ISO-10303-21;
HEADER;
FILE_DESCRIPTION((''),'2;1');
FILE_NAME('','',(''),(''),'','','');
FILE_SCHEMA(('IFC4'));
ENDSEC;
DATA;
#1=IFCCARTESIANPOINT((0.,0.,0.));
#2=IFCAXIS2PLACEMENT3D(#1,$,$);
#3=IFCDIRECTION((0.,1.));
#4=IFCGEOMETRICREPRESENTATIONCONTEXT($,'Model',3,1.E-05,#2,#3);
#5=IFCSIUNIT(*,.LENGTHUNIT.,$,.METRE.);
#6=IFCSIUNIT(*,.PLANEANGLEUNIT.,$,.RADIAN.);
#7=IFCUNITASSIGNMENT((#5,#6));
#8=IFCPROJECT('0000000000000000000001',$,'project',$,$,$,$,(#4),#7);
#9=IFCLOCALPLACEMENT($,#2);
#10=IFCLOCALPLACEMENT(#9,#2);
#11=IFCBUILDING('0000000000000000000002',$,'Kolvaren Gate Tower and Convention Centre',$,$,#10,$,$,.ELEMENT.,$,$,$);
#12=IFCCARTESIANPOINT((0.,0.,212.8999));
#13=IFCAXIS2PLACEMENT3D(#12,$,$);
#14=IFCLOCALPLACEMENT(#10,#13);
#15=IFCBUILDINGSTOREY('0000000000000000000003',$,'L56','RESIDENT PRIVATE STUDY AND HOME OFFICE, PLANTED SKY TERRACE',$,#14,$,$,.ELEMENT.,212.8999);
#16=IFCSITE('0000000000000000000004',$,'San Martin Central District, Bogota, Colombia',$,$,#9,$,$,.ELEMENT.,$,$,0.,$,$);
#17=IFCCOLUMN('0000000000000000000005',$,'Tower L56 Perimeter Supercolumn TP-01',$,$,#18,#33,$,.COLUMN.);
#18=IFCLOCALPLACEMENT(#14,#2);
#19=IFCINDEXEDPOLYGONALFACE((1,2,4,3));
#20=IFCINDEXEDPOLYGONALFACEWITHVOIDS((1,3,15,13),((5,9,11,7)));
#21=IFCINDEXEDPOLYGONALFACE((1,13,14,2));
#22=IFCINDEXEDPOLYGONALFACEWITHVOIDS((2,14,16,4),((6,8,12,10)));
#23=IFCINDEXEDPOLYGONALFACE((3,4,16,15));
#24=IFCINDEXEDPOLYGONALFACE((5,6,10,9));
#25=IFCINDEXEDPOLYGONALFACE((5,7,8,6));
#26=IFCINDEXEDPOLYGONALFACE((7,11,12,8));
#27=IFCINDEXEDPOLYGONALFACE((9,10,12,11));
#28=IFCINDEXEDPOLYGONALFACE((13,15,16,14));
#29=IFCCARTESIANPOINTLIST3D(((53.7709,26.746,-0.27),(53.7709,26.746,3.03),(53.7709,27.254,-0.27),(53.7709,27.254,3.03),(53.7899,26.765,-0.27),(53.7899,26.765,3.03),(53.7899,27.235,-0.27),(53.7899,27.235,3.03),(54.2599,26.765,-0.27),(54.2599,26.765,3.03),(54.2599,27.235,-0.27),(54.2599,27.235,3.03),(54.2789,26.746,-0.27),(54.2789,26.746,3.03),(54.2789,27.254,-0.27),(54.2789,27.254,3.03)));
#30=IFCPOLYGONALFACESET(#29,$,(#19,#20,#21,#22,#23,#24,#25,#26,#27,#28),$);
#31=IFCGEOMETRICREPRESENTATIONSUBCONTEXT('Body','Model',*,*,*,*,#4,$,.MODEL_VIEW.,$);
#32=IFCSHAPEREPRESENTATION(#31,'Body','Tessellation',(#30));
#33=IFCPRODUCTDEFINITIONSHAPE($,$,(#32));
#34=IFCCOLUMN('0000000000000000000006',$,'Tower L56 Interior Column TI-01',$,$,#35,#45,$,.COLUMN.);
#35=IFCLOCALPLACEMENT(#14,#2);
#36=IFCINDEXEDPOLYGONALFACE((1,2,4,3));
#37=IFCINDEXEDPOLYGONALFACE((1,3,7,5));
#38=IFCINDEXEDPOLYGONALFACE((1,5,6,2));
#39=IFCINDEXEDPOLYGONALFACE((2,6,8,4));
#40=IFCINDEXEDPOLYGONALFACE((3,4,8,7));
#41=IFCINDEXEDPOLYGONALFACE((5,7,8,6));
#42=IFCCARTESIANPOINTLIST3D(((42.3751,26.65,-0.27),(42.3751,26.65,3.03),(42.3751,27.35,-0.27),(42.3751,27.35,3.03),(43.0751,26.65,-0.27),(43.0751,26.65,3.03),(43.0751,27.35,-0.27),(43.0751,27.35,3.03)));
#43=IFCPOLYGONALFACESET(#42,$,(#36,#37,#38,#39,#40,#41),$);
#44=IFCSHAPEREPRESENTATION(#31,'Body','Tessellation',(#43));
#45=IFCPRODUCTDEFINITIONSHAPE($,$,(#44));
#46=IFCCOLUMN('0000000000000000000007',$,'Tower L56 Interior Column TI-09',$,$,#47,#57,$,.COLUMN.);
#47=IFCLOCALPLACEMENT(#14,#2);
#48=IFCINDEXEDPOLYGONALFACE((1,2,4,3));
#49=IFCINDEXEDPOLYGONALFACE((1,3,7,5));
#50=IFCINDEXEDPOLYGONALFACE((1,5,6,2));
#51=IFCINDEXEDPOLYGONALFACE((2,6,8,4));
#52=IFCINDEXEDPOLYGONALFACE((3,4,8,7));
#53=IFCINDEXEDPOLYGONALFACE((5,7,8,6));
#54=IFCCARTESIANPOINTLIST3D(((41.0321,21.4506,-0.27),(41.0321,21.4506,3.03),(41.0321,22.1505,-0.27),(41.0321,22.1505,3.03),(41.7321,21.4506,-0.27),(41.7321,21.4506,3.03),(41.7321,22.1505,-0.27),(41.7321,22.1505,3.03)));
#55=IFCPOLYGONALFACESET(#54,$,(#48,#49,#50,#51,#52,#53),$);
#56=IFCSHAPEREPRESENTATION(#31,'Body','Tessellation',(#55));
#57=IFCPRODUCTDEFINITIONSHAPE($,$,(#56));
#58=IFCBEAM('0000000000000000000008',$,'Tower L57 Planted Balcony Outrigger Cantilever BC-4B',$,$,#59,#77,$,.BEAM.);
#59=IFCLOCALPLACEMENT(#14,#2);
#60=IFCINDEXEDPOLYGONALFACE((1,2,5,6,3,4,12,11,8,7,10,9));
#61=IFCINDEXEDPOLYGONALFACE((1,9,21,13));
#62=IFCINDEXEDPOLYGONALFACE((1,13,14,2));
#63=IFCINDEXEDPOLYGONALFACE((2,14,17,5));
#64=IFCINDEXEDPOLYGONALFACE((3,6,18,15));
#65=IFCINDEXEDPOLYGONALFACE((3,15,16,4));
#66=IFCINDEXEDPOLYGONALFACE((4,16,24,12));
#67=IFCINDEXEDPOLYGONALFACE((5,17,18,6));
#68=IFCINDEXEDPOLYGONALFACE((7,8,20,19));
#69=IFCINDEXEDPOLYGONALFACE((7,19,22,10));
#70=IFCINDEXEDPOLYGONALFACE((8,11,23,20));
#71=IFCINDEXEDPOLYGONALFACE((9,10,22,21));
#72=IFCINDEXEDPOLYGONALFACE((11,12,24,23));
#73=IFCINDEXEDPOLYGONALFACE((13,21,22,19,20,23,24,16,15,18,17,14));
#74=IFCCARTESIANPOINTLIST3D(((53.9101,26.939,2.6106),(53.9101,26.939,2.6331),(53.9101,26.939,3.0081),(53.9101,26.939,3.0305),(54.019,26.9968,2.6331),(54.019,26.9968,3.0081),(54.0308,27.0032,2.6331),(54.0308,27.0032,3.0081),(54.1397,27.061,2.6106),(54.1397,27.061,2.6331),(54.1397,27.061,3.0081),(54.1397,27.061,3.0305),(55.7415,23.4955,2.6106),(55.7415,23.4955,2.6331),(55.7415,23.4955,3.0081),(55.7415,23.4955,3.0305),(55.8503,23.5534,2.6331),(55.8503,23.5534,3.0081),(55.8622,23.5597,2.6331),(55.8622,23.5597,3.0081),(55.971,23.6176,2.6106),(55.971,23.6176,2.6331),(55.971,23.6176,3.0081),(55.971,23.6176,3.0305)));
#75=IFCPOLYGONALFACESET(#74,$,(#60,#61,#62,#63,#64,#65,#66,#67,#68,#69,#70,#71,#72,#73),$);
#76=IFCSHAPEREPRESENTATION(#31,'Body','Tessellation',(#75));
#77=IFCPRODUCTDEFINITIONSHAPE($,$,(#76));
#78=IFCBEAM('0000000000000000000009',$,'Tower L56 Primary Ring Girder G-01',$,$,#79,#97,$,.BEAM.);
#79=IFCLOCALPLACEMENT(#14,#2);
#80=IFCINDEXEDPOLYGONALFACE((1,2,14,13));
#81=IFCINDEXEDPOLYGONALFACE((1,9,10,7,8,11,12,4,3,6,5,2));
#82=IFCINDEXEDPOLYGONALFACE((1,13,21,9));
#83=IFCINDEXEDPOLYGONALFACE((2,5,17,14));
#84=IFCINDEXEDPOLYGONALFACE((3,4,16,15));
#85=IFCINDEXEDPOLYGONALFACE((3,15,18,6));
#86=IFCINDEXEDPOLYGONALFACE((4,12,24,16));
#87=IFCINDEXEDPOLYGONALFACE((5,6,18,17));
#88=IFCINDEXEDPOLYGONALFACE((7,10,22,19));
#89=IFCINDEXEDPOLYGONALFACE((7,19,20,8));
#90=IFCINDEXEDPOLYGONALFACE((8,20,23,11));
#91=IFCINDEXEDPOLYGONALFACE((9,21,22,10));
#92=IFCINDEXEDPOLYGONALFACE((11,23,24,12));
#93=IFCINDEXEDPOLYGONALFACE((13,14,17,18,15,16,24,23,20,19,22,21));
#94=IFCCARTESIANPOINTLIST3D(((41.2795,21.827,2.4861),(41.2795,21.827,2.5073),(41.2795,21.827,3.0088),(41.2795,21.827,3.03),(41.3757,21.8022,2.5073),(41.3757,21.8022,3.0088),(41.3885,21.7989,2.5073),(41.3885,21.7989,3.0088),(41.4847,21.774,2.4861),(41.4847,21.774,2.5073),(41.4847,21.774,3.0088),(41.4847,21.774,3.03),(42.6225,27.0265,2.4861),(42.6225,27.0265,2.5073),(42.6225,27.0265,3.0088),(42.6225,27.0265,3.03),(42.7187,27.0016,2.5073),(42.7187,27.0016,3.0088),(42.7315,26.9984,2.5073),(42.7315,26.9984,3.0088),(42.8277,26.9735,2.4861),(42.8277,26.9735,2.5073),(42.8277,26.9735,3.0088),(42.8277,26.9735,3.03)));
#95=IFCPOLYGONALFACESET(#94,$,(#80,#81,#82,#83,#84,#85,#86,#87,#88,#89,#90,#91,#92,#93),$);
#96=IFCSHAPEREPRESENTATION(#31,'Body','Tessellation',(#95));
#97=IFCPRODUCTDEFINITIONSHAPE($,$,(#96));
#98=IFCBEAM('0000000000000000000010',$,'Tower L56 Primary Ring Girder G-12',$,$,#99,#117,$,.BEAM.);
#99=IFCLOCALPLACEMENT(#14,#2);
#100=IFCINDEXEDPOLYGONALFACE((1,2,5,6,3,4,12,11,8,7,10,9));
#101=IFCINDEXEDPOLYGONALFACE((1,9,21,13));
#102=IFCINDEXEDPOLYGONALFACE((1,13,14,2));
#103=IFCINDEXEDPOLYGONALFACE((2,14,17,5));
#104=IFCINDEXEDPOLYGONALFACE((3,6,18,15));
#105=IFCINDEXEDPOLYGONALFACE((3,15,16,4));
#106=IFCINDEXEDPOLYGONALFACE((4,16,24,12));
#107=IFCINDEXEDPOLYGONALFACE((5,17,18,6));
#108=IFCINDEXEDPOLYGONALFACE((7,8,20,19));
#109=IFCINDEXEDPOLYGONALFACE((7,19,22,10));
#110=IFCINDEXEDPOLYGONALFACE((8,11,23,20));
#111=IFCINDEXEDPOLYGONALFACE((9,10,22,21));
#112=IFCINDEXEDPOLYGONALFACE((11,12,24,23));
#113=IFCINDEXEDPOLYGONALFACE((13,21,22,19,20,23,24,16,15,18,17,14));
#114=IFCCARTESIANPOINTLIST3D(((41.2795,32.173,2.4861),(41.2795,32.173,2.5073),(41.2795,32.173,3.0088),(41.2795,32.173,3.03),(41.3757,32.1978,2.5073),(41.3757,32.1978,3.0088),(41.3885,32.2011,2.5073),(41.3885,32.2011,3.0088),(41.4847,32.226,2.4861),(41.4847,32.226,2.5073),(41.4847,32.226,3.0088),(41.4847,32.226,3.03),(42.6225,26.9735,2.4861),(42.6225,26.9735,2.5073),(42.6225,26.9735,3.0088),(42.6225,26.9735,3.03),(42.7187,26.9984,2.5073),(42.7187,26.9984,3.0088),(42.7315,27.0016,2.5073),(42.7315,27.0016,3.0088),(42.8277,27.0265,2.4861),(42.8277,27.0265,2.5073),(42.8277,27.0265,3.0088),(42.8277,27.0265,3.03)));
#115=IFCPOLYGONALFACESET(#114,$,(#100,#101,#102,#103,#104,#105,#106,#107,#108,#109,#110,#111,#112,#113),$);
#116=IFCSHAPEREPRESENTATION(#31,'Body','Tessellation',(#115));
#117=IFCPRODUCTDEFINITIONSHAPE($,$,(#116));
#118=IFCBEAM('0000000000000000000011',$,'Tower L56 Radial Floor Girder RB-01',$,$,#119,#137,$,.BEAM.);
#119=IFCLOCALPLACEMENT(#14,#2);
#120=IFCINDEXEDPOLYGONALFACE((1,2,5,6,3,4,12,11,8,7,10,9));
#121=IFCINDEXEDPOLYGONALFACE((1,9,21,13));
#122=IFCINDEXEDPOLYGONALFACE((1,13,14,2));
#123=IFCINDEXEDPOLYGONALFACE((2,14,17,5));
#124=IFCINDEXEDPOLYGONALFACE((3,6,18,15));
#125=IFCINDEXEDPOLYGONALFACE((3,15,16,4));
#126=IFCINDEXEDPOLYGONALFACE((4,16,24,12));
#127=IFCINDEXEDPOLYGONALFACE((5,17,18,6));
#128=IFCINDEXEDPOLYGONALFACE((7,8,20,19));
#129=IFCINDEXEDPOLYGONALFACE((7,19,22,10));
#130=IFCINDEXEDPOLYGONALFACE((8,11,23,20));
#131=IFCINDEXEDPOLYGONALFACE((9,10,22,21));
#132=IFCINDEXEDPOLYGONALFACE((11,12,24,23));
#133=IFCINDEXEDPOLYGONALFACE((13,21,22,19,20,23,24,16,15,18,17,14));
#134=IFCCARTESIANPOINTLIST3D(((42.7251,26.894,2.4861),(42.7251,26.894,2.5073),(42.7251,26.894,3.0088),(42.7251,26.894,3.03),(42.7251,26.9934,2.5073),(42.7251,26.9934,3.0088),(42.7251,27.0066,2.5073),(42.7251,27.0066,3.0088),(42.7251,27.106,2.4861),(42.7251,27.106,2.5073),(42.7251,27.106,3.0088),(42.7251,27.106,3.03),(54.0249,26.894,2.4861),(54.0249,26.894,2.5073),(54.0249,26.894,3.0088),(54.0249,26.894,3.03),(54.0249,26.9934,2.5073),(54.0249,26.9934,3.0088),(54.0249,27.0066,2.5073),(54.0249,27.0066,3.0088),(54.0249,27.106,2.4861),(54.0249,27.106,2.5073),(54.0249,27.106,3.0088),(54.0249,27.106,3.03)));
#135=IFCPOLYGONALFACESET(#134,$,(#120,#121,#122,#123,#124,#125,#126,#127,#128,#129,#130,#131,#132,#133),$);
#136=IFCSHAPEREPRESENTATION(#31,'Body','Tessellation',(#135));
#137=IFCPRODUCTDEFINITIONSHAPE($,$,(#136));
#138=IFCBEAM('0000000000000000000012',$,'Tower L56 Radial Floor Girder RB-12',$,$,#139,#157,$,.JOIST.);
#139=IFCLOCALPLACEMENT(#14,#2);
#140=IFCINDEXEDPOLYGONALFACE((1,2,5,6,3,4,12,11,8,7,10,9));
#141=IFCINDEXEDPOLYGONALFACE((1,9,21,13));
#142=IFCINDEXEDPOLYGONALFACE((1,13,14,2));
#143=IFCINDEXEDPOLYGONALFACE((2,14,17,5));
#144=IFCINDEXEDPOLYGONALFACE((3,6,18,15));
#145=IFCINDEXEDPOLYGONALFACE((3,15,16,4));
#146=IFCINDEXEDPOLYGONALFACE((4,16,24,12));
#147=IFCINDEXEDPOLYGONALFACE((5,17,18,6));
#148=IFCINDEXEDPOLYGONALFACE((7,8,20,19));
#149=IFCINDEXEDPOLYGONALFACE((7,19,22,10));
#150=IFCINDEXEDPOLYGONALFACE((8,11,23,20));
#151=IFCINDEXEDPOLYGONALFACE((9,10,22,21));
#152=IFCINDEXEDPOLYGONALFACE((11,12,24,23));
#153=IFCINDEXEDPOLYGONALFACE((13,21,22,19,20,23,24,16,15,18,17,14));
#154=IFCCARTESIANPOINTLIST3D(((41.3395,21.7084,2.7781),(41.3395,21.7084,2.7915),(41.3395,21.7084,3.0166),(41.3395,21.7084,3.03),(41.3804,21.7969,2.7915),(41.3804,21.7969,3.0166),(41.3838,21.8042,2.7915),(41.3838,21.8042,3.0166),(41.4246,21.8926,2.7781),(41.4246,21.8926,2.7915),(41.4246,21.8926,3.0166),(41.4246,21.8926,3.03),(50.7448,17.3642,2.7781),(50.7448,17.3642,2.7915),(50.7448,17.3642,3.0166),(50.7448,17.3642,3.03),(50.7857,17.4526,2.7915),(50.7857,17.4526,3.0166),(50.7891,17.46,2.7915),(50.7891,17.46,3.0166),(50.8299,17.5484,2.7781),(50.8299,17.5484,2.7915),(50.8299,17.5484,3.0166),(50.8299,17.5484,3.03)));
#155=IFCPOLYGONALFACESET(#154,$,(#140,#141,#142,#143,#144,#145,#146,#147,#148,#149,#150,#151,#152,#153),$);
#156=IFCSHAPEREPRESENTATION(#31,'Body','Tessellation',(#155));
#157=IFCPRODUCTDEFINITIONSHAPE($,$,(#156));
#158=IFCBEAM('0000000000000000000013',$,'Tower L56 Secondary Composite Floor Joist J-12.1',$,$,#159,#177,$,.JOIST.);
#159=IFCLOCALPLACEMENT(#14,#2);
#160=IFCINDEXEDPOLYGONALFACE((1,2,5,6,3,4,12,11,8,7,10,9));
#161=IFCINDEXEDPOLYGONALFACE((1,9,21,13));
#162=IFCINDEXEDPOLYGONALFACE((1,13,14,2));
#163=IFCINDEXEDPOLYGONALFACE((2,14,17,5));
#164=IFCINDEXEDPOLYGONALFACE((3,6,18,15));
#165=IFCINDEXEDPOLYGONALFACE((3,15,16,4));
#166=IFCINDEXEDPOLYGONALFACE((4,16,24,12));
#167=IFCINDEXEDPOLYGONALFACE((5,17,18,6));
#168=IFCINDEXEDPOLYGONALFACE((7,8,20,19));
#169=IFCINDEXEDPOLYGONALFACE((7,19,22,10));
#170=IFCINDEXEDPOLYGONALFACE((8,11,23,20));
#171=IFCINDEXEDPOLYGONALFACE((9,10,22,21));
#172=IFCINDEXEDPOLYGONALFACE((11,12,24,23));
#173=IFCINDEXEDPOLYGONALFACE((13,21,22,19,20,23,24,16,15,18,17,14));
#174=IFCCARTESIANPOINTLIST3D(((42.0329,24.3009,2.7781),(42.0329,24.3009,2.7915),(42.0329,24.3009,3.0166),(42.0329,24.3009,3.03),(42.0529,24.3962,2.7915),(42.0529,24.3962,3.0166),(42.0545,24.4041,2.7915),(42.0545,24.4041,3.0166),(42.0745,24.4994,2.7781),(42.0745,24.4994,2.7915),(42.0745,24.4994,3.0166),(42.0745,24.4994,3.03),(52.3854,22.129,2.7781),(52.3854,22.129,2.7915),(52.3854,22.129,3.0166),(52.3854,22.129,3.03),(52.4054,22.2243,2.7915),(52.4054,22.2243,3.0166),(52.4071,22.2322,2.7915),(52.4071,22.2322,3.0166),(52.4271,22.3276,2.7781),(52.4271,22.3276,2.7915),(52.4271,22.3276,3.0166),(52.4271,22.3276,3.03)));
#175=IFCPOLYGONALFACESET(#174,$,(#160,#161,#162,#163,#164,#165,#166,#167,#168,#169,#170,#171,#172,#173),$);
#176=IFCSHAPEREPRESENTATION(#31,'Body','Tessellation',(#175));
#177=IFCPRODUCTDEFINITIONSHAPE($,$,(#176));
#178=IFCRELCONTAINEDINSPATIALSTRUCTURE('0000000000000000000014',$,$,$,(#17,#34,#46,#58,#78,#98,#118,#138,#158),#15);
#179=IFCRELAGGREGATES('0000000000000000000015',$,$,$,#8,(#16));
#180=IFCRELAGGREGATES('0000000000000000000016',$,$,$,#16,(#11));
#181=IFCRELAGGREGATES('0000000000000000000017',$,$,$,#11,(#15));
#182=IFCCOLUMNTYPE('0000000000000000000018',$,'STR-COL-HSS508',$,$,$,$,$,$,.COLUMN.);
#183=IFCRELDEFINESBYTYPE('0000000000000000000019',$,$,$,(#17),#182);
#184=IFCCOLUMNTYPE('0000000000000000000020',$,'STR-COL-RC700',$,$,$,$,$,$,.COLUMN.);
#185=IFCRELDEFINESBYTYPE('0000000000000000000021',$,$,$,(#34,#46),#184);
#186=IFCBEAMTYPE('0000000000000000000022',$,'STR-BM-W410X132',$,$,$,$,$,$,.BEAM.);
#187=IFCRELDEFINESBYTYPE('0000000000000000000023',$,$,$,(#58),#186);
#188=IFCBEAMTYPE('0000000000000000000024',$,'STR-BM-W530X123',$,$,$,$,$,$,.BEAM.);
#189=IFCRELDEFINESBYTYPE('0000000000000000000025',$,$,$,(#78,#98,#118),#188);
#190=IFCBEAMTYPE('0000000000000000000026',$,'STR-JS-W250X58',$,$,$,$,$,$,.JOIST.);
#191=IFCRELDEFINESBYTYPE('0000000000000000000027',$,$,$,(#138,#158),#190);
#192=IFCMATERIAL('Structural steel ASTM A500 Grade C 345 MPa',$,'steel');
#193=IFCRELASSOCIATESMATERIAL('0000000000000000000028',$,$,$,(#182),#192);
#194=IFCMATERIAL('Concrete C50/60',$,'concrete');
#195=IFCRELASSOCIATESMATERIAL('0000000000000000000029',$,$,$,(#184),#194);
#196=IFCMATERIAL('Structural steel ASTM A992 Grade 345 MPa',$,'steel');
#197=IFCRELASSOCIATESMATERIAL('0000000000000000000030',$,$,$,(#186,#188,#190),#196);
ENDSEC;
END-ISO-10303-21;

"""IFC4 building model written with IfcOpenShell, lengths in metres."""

from ifc_helpers import new_model, si_unit, direction, frame, origin, origin_2d, place, context, subcontext, project, spatial, rectangle, hollow_rectangle, i_section, extrude, material, material_profile, profile_set, type_object, element, save


model = new_model("IFC4")

# Units and contexts
model_context = context("Model", 3, precision=1e-05, world=origin(), true_north=direction((0.0, 1.0)))
body_context = subcontext(model_context, "Body", "Model", "MODEL_VIEW")
ifc_project = project(units=[si_unit("LENGTHUNIT", "METRE"), si_unit("PLANEANGLEUNIT", "RADIAN")], contexts=[model_context])

# Site, building, storey
site_placement = place(None, origin())
site = spatial("IfcSite", under=ifc_project, at=site_placement, Name="San Martin Central District, Bogota, Colombia", CompositionType="ELEMENT", RefElevation=0.0)
building_placement = place(site_placement, origin())
building = spatial("IfcBuilding", under=site, at=building_placement, Name="Kolvaren Gate Tower and Convention Centre", CompositionType="ELEMENT")
storey_placement = place(building_placement, frame((0.0, 0.0, 212.8999)))
storey = spatial("IfcBuildingStorey", under=building, at=storey_placement, Name="L56", Description="RESIDENT PRIVATE STUDY AND HOME OFFICE, PLANTED SKY TERRACE", CompositionType="ELEMENT", Elevation=212.8999)

# Columns
ifc_material_1 = material(Name="Structural steel ASTM A500 Grade C 345 MPa", Category="steel")
ifc_material_profile_1 = material_profile(ifc_material_1, hollow_rectangle(XDim=0.5081, YDim=0.5081, WallThickness=0.019, at=origin_2d()), Name="HSS508X508X19.1")
ifc_profile_set_1 = profile_set([ifc_material_profile_1], Name="Structural steel ASTM A500 Grade C 345 MPa")
column_type_1 = type_object("IfcColumnType", Name="STR-COL-HSS508", PredefinedType="COLUMN", material=ifc_profile_set_1)
column_placement = place(storey_placement, frame((54.0249, 27.0, -0.27), z_axis=(0.0, 0.0, 1.0), x_axis=(1.0, 0.0, 0.0)))
element("IfcColumn", 1, at=column_placement, inside=storey, type_object=column_type_1, Name="Tower L56 Perimeter Supercolumn TP-01", PredefinedType="COLUMN", context=body_context, shape_type="SweptSolid", body=[
    extrude(hollow_rectangle(XDim=0.5081, YDim=0.5081, WallThickness=0.019, at=origin_2d()), origin(), (0.0, 0.0, 1.0), 3.3),
])
ifc_material_2 = material(Name="Concrete C50/60", Category="concrete")
ifc_material_profile_2 = material_profile(ifc_material_2, rectangle(XDim=0.7, YDim=0.7, at=origin_2d()), Name="RC-COL-700X700")
ifc_profile_set_2 = profile_set([ifc_material_profile_2], Name="Concrete C50/60")
column_type_2 = type_object("IfcColumnType", Name="STR-COL-RC700", PredefinedType="COLUMN", material=ifc_profile_set_2)
for number, where, z_axis, x_axis, name in (
    (2, (42.7251, 27.0, -0.27), (0.0, 0.0, 1.0), (1.0, 0.0, 0.0), "Tower L56 Interior Column TI-01"),
    (3, (41.3821, 21.8005, -0.27), (0.0, 0.0, 1.0), (1.0, 0.0, 0.0), "Tower L56 Interior Column TI-09"),
):
    element("IfcColumn", number, at=place(storey_placement, frame(where, z_axis=z_axis, x_axis=x_axis)), inside=storey, type_object=column_type_2, Name=name, PredefinedType="COLUMN", context=body_context, shape_type="SweptSolid", body=[
        extrude(rectangle(XDim=0.7, YDim=0.7, at=origin_2d()), origin(), (0.0, 0.0, 1.0), 3.3),
    ])

# Beams
ifc_material_3 = material(Name="Structural steel ASTM A992 Grade 345 MPa", Category="steel")
ifc_material_profile_3 = material_profile(ifc_material_3, i_section(OverallWidth=0.26, OverallDepth=0.4199, WebThickness=0.0134, FlangeThickness=0.0225, at=origin_2d()), Name="W410X132")
ifc_profile_set_3 = profile_set([ifc_material_profile_3], Name="Structural steel ASTM A992 Grade 345 MPa")
beam_type_1 = type_object("IfcBeamType", Name="STR-BM-W410X132", PredefinedType="BEAM", material=ifc_profile_set_3)
beam_1_placement = place(storey_placement, frame((54.0249, 27.0, 2.8206), z_axis=(0.469558, -0.882902, 0.0), x_axis=(0.882902, 0.469558, 0.0)))
element("IfcBeam", 4, at=beam_1_placement, inside=storey, type_object=beam_type_1, Name="Tower L57 Planted Balcony Outrigger Cantilever BC-4B", PredefinedType="BEAM", context=body_context, shape_type="SweptSolid", body=[
    extrude(i_section(OverallWidth=0.26, OverallDepth=0.4199, WebThickness=0.0134, FlangeThickness=0.0225, at=origin_2d()), origin(), (0.0, 0.0, 1.0), 3.9001),
])
ifc_material_profile_4 = material_profile(ifc_material_3, i_section(OverallWidth=0.2119, OverallDepth=0.5439, WebThickness=0.0132, FlangeThickness=0.0212, at=origin_2d()), Name="W530X123")
ifc_profile_set_4 = profile_set([ifc_material_profile_4], Name="Structural steel ASTM A992 Grade 345 MPa")
beam_type_2 = type_object("IfcBeamType", Name="STR-BM-W530X123", PredefinedType="BEAM", material=ifc_profile_set_4)
for number, where, z_axis, x_axis, name in (
    (5, (42.7251, 27.0, 2.7581), (-0.250091, -0.968222, 0.0), (0.968222, -0.250091, 0.0), "Tower L56 Primary Ring Girder G-01"),
    (6, (42.7251, 27.0, 2.7581), (-0.250091, 0.968222, 0.0), (-0.968222, -0.250091, 0.0), "Tower L56 Primary Ring Girder G-12"),
):
    element("IfcBeam", number, at=place(storey_placement, frame(where, z_axis=z_axis, x_axis=x_axis)), inside=storey, type_object=beam_type_2, Name=name, PredefinedType="BEAM", context=body_context, shape_type="SweptSolid", body=[
        extrude(i_section(OverallWidth=0.2119, OverallDepth=0.5439, WebThickness=0.0132, FlangeThickness=0.0212, at=origin_2d()), origin(), (0.0, 0.0, 1.0), 5.3701),
    ])
beam_2_placement = place(storey_placement, frame((42.7251, 27.0, 2.7581), z_axis=(1.0, 0.0, 0.0), x_axis=(0.0, 1.0, 0.0)))
element("IfcBeam", 7, at=beam_2_placement, inside=storey, type_object=beam_type_2, Name="Tower L56 Radial Floor Girder RB-01", PredefinedType="BEAM", context=body_context, shape_type="SweptSolid", body=[
    extrude(i_section(OverallWidth=0.2119, OverallDepth=0.5439, WebThickness=0.0132, FlangeThickness=0.0212, at=origin_2d()), origin(), (0.0, 0.0, 1.0), 11.2998),
])
ifc_material_profile_5 = material_profile(ifc_material_3, i_section(OverallWidth=0.2029, OverallDepth=0.252, WebThickness=0.0081, FlangeThickness=0.0134, at=origin_2d()), Name="W250X58")
ifc_profile_set_5 = profile_set([ifc_material_profile_5], Name="Structural steel ASTM A992 Grade 345 MPa")
beam_type_3 = type_object("IfcBeamType", Name="STR-JS-W250X58", PredefinedType="JOIST", material=ifc_profile_set_5)
beam_3_placement = place(storey_placement, frame((41.3821, 21.8005, 2.9041), z_axis=(0.907837, -0.419324, 0.0), x_axis=(0.419324, 0.907837, 0.0)))
element("IfcBeam", 8, at=beam_3_placement, inside=storey, type_object=beam_type_3, Name="Tower L56 Radial Floor Girder RB-12", PredefinedType="JOIST", context=body_context, shape_type="SweptSolid", body=[
    extrude(i_section(OverallWidth=0.2029, OverallDepth=0.252, WebThickness=0.0081, FlangeThickness=0.0134, at=origin_2d()), origin(), (0.0, 0.0, 1.0), 10.3601),
])
beam_4_placement = place(storey_placement, frame((42.0537, 24.4001, 2.9041), z_axis=(0.978695, -0.205322, 0.0), x_axis=(0.205322, 0.978695, 0.0)))
element("IfcBeam", 9, at=beam_4_placement, inside=storey, type_object=beam_type_3, Name="Tower L56 Secondary Composite Floor Joist J-12.1", PredefinedType="JOIST", context=body_context, shape_type="SweptSolid", body=[
    extrude(i_section(OverallWidth=0.2029, OverallDepth=0.252, WebThickness=0.0081, FlangeThickness=0.0134, at=origin_2d()), origin(), (0.0, 0.0, 1.0), 10.5779),
])

save(model, "model.ifc")
